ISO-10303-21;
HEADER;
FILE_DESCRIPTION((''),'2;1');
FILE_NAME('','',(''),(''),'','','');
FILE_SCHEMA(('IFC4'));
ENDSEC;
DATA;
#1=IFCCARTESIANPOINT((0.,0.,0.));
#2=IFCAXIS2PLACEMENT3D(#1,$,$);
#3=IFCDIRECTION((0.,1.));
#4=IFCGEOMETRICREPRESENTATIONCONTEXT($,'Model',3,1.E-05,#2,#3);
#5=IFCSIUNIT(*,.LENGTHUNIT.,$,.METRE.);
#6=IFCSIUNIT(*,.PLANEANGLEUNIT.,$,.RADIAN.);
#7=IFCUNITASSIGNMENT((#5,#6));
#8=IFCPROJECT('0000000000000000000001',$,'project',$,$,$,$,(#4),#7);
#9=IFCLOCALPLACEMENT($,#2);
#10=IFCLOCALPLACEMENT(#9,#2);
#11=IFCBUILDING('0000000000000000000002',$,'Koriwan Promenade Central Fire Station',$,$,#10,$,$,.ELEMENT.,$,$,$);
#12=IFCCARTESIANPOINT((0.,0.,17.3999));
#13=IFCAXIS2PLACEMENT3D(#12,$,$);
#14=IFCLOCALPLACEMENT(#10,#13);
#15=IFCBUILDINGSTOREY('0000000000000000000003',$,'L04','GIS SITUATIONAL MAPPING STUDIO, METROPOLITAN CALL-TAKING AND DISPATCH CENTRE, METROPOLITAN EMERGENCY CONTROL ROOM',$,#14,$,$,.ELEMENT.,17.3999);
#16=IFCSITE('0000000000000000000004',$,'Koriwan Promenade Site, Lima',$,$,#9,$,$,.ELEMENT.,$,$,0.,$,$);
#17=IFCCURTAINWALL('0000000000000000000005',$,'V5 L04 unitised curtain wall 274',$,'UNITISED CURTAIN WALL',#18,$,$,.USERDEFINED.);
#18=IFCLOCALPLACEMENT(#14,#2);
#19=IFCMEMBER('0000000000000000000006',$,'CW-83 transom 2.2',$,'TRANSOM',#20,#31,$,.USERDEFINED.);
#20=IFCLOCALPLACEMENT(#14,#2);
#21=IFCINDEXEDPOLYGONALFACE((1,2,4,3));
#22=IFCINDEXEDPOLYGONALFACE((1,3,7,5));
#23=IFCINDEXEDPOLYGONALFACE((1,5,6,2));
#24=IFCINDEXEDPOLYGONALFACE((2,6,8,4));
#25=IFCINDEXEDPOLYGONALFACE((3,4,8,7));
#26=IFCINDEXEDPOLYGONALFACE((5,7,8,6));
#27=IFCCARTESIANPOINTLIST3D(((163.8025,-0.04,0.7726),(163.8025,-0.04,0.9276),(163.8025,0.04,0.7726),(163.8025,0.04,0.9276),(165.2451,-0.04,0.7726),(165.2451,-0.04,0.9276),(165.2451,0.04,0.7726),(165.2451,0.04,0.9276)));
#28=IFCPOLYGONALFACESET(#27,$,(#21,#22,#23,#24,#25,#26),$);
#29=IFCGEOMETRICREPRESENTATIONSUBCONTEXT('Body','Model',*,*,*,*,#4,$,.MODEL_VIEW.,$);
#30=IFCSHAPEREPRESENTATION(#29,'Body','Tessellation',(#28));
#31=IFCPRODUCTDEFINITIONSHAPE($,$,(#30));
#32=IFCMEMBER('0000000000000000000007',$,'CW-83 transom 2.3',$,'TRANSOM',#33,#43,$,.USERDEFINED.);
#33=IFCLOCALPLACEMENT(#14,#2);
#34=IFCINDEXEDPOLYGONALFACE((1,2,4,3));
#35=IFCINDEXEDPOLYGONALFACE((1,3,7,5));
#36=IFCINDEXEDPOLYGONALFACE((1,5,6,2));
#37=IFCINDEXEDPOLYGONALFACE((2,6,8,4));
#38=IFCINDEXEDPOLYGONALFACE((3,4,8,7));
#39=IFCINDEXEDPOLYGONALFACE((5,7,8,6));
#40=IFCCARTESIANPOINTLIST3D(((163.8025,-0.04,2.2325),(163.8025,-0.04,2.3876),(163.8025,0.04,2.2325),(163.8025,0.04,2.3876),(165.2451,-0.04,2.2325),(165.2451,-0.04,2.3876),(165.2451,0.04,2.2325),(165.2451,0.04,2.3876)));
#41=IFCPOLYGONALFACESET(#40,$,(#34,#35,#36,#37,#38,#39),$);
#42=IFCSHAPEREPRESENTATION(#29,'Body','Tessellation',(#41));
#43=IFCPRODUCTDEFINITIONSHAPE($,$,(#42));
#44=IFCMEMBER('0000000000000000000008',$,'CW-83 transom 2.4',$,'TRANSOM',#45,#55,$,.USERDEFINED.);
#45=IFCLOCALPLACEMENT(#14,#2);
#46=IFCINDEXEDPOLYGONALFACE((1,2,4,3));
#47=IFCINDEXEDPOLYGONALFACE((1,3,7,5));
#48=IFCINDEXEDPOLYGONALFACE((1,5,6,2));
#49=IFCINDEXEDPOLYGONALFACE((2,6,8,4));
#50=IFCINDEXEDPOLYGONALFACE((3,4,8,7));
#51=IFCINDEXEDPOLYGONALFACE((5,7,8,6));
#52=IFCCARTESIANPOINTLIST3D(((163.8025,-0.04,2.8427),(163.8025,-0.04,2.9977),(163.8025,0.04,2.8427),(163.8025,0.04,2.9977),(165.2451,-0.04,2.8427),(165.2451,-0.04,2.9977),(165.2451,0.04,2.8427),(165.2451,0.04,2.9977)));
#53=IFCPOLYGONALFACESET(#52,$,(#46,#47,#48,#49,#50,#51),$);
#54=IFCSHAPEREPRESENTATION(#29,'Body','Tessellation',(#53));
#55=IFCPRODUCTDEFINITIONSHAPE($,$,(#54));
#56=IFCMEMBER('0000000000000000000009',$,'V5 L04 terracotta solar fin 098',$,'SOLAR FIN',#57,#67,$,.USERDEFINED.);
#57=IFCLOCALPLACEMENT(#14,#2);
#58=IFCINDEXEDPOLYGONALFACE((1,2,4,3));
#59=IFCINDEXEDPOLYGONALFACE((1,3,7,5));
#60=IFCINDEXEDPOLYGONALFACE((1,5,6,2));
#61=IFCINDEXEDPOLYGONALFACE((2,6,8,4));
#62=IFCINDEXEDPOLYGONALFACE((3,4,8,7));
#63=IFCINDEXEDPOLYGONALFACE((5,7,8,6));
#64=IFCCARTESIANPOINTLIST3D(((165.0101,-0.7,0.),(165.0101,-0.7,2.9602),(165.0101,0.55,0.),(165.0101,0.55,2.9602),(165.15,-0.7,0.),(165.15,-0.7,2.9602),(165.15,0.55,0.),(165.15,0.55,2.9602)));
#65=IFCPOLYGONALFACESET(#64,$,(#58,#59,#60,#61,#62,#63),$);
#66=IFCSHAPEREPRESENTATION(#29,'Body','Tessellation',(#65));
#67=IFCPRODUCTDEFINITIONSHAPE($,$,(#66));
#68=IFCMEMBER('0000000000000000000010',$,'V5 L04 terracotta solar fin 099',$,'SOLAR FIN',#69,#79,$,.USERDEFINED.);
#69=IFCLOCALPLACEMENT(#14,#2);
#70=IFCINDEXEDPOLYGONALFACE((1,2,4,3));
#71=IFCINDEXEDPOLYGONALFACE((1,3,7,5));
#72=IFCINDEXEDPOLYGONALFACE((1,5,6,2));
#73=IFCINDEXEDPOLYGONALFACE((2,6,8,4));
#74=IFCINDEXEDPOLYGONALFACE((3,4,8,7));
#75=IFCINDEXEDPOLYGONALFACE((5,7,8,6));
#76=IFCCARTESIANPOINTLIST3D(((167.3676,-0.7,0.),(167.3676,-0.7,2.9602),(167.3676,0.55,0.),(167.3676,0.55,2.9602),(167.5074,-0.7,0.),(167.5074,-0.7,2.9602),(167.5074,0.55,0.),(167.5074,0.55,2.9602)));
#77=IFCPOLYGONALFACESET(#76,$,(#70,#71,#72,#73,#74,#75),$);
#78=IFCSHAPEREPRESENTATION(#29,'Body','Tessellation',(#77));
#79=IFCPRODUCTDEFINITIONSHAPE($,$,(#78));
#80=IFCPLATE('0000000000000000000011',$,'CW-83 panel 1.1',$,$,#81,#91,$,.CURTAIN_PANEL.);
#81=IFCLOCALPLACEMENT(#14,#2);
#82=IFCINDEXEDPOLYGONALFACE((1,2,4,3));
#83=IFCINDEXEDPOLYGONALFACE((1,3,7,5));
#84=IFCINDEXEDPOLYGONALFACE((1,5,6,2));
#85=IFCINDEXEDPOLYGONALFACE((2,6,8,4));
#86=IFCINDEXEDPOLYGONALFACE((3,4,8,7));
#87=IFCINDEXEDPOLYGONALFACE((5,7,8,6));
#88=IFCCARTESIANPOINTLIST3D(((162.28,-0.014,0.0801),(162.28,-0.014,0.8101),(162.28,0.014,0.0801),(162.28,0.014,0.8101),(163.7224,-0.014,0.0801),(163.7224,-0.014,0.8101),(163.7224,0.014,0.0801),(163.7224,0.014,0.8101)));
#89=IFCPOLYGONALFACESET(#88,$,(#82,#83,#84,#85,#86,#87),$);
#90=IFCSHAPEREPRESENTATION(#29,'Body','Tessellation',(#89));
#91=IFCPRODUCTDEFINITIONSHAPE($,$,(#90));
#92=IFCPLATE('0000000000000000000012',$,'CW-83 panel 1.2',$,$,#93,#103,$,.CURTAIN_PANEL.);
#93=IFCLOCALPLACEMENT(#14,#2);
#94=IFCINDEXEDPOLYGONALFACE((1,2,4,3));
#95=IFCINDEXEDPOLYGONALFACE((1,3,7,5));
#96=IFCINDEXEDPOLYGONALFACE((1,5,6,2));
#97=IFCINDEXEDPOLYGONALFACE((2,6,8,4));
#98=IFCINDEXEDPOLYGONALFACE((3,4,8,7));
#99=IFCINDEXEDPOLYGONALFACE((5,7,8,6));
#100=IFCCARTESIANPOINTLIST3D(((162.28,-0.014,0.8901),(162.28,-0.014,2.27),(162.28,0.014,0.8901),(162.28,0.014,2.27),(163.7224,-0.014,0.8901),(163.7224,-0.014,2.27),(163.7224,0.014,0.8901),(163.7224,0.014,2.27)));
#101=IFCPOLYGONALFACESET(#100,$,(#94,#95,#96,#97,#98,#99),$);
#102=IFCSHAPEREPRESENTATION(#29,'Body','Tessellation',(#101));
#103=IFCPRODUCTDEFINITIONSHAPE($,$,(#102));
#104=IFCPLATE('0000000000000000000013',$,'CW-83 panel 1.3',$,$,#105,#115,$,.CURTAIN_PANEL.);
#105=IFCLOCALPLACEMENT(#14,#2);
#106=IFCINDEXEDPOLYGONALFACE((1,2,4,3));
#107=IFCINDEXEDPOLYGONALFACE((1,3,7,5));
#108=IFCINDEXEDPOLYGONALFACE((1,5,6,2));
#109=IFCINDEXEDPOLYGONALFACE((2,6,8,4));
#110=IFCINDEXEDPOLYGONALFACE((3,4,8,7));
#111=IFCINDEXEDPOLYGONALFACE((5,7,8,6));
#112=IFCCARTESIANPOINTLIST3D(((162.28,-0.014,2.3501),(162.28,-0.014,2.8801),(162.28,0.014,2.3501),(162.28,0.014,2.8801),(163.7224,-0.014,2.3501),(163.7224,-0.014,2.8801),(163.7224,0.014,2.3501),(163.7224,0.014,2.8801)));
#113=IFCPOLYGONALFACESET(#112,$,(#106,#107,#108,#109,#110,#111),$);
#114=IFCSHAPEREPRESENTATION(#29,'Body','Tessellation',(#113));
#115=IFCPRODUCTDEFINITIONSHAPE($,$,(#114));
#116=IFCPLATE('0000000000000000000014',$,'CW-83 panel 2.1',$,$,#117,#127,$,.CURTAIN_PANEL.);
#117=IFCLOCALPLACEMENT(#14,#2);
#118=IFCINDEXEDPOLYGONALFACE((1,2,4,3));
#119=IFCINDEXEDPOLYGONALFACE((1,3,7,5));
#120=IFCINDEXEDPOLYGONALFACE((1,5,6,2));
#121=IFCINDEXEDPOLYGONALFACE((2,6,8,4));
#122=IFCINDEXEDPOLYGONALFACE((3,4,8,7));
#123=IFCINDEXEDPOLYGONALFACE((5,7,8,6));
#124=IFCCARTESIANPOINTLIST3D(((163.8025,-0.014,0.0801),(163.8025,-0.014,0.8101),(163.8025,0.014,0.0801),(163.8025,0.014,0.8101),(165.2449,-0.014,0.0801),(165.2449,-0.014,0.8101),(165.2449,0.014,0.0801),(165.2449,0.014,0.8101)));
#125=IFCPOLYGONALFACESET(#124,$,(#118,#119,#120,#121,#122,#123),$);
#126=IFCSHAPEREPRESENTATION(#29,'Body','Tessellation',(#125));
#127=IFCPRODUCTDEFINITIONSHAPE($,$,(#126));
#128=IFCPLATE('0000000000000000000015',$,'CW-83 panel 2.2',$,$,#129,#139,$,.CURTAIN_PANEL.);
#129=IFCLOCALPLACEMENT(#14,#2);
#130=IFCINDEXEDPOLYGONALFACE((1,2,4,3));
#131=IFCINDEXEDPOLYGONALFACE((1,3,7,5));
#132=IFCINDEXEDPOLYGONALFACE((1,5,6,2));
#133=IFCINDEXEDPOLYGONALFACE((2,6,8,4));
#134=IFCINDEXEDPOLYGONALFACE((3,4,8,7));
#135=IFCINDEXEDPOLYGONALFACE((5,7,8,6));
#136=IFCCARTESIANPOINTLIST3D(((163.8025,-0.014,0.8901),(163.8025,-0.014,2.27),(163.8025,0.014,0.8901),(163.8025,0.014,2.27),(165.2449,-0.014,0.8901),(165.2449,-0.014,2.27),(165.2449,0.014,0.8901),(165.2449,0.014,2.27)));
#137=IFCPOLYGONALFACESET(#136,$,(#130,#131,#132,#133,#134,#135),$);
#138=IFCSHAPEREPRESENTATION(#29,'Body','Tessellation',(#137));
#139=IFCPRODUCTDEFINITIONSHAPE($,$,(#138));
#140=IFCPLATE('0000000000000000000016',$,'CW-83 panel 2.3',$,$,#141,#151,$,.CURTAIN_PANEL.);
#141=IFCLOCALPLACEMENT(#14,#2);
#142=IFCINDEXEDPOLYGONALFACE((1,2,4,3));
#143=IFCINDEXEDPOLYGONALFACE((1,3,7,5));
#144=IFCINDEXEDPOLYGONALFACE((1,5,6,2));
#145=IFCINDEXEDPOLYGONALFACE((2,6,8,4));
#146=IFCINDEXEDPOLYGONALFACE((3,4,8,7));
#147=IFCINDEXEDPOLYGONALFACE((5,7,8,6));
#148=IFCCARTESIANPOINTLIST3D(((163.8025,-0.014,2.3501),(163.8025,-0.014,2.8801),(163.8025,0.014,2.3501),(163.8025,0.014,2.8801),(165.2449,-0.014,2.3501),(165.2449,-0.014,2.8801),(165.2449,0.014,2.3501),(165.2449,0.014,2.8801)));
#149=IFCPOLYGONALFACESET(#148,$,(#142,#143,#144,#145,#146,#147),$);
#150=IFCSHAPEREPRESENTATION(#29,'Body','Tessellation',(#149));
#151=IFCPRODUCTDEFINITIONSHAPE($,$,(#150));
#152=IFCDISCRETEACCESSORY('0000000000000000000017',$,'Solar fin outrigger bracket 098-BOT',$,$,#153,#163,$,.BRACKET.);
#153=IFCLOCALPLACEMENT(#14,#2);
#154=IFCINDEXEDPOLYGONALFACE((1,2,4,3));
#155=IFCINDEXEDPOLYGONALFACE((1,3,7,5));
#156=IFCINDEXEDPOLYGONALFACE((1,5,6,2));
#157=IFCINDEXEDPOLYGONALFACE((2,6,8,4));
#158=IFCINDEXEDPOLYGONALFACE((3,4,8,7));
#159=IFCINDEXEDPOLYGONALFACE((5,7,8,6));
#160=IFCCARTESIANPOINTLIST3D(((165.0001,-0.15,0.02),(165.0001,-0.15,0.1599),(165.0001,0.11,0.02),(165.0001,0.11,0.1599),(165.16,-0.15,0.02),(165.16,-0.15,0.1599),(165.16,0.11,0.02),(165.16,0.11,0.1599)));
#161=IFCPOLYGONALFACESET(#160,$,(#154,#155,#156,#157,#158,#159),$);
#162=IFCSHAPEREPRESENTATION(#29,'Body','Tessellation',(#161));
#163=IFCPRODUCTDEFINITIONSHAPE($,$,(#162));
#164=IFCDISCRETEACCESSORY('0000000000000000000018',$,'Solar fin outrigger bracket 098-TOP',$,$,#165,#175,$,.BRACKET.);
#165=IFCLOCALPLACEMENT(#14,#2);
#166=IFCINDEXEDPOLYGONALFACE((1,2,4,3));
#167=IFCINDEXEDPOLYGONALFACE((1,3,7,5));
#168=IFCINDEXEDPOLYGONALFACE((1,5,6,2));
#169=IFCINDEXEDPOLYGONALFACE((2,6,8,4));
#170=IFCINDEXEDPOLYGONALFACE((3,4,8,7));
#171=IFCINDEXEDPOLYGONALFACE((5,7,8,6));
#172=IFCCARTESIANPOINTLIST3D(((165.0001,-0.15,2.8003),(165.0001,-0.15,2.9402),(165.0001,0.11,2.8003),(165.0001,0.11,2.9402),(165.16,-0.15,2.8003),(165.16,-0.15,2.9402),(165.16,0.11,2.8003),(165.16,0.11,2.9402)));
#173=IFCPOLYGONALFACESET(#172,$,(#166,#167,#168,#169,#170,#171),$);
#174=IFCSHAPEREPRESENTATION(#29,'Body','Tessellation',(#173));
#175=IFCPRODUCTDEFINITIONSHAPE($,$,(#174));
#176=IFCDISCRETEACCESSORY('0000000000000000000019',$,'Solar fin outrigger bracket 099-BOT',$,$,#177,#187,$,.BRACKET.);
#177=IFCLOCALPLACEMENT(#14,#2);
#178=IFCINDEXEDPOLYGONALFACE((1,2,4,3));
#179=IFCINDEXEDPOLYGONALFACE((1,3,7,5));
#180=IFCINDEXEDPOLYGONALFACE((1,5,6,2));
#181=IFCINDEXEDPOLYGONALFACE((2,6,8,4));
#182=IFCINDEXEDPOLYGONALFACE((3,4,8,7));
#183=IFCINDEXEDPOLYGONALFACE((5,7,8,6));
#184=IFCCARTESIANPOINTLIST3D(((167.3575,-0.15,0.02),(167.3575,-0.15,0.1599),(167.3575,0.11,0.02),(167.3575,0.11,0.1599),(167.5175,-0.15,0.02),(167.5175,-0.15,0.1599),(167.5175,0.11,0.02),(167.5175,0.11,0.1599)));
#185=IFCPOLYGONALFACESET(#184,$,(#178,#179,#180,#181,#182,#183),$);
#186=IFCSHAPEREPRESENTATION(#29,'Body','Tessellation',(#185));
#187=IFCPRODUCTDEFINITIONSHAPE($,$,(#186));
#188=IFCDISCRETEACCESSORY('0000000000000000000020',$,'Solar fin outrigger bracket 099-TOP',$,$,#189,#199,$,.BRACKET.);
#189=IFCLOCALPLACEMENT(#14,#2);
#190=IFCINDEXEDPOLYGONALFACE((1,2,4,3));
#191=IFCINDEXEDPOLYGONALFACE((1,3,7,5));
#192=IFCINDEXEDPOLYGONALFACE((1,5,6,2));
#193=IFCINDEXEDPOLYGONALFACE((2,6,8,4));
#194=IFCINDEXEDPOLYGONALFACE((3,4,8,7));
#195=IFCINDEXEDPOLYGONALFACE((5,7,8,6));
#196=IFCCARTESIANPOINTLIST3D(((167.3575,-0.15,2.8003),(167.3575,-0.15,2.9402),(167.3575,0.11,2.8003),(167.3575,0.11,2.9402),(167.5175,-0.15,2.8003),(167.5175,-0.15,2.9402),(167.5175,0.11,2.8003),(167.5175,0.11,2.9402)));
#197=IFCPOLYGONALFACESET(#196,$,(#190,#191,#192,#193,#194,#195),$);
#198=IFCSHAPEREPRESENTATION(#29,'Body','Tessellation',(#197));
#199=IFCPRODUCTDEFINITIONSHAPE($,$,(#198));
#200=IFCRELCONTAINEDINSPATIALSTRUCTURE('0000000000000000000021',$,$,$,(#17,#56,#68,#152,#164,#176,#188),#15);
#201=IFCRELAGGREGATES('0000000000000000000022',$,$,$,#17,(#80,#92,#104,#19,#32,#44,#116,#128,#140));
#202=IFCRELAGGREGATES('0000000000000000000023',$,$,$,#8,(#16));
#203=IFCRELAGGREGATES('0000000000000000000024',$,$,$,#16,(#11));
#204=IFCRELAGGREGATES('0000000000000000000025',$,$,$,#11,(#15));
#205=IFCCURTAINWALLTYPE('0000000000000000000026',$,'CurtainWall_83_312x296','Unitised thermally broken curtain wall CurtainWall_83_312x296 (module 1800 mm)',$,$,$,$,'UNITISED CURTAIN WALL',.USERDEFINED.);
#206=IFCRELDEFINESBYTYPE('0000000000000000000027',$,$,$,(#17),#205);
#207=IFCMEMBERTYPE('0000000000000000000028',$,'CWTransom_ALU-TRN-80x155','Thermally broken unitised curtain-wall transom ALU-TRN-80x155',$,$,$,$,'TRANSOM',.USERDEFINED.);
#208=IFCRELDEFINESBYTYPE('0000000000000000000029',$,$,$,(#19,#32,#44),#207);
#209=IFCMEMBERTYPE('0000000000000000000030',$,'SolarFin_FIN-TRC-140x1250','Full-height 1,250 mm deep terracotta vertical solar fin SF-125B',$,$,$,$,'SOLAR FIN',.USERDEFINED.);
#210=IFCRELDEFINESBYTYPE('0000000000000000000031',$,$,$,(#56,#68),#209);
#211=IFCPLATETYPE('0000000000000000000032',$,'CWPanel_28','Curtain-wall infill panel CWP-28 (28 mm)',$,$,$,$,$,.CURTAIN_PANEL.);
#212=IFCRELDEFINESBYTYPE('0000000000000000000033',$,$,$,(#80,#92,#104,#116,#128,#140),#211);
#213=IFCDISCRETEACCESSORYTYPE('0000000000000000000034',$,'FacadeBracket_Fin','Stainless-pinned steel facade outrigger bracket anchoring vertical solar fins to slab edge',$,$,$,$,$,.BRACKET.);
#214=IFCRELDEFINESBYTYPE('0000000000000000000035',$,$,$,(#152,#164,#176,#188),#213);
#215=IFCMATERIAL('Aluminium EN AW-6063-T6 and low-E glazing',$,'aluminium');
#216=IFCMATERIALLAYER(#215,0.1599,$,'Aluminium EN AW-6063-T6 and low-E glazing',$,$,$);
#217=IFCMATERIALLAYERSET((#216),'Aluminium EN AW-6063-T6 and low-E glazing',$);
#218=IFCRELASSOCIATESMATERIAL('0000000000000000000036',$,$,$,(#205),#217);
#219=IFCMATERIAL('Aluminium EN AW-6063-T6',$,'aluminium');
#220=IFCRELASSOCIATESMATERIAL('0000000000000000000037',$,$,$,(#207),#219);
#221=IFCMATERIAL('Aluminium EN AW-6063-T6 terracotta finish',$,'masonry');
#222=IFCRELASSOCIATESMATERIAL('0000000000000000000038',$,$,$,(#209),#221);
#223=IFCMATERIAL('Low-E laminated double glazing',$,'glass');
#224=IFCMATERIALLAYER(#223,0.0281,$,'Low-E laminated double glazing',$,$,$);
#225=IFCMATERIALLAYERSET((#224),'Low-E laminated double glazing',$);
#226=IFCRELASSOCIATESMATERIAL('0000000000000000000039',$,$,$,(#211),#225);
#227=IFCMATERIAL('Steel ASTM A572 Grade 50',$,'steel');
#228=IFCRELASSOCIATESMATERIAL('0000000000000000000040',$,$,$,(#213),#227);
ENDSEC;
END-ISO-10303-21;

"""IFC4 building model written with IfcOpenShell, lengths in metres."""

from ifc_helpers import new_model, si_unit, direction, frame, origin, origin_2d, place, context, subcontext, project, spatial, rectangle, extrude, material, layer, layer_set, material_profile, profile_set, type_object, element, aggregate, save


model = new_model("IFC4")

# Units and contexts
model_context = context("Model", 3, precision=1e-05, world=origin(), true_north=direction((0.0, 1.0)))
body_context = subcontext(model_context, "Body", "Model", "MODEL_VIEW")
ifc_project = project(units=[si_unit("LENGTHUNIT", "METRE"), si_unit("PLANEANGLEUNIT", "RADIAN")], contexts=[model_context])

# Site, building, storey
site_placement = place(None, origin())
site = spatial("IfcSite", under=ifc_project, at=site_placement, Name="Koriwan Promenade Site, Lima", CompositionType="ELEMENT", RefElevation=0.0)
building_placement = place(site_placement, origin())
building = spatial("IfcBuilding", under=site, at=building_placement, Name="Koriwan Promenade Central Fire Station", CompositionType="ELEMENT")
storey_placement = place(building_placement, frame((0.0, 0.0, 17.3999)))
storey = spatial("IfcBuildingStorey", under=building, at=storey_placement, Name="L04", Description="GIS SITUATIONAL MAPPING STUDIO, METROPOLITAN CALL-TAKING AND DISPATCH CENTRE, METROPOLITAN EMERGENCY CONTROL ROOM", CompositionType="ELEMENT", Elevation=17.3999)

# Shared definitions
ifc_material_1 = material(Name="Aluminium EN AW-6063-T6 and low-E glazing", Category="aluminium")
ifc_material_2 = material(Name="Aluminium EN AW-6063-T6", Category="aluminium")

# Curtain wall
ifc_layer_1 = layer(ifc_material_1, 0.1599, Name="Aluminium EN AW-6063-T6 and low-E glazing")
ifc_layer_set_1 = layer_set([ifc_layer_1], Name="Aluminium EN AW-6063-T6 and low-E glazing")
curtain_wall_type_1 = type_object("IfcCurtainWallType", Name="CurtainWall_83_312x296", Description="Unitised thermally broken curtain wall CurtainWall_83_312x296 (module 1800 mm)", ElementType="UNITISED CURTAIN WALL", PredefinedType="USERDEFINED", material=ifc_layer_set_1)
curtain_wall_1_placement = place(storey_placement, origin())
curtain_wall_1 = element("IfcCurtainWall", 1, at=curtain_wall_1_placement, inside=storey, type_object=curtain_wall_type_1, Name="V5 L04 unitised curtain wall 274", ObjectType="UNITISED CURTAIN WALL", PredefinedType="USERDEFINED")

# Members
ifc_material_profile_1 = material_profile(ifc_material_2, rectangle(XDim=0.0801, YDim=0.155, at=origin_2d()), Name="ALU-TRN-80x155")
ifc_profile_set_1 = profile_set([ifc_material_profile_1], Name="Aluminium EN AW-6063-T6")
member_type_1 = type_object("IfcMemberType", Name="CWTransom_ALU-TRN-80x155", Description="Thermally broken unitised curtain-wall transom ALU-TRN-80x155", ElementType="TRANSOM", PredefinedType="USERDEFINED", material=ifc_profile_set_1)
member_1_placement = place(storey_placement, frame((163.8025, 0.0, 0.8501), z_axis=(1.0, 0.0, 0.0), x_axis=(0.0, 1.0, 0.0)))
member_1 = element("IfcMember", 2, at=member_1_placement, type_object=member_type_1, Name="CW-83 transom 2.2", ObjectType="TRANSOM", PredefinedType="USERDEFINED", context=body_context, shape_type="SweptSolid", body=[
    extrude(rectangle(XDim=0.0801, YDim=0.155, at=origin_2d()), origin(), (0.0, 0.0, 1.0), 1.4426),
])
member_2_placement = place(storey_placement, frame((163.8025, 0.0, 2.3101), z_axis=(1.0, 0.0, 0.0), x_axis=(0.0, 1.0, 0.0)))
member_2 = element("IfcMember", 3, at=member_2_placement, type_object=member_type_1, Name="CW-83 transom 2.3", ObjectType="TRANSOM", PredefinedType="USERDEFINED", context=body_context, shape_type="SweptSolid", body=[
    extrude(rectangle(XDim=0.0801, YDim=0.155, at=origin_2d()), origin(), (0.0, 0.0, 1.0), 1.4426),
])
member_3_placement = place(storey_placement, frame((163.8025, 0.0, 2.9202), z_axis=(1.0, 0.0, 0.0), x_axis=(0.0, 1.0, 0.0)))
member_3 = element("IfcMember", 4, at=member_3_placement, type_object=member_type_1, Name="CW-83 transom 2.4", ObjectType="TRANSOM", PredefinedType="USERDEFINED", context=body_context, shape_type="SweptSolid", body=[
    extrude(rectangle(XDim=0.0801, YDim=0.155, at=origin_2d()), origin(), (0.0, 0.0, 1.0), 1.4426),
])

# Members
ifc_material_3 = material(Name="Aluminium EN AW-6063-T6 terracotta finish", Category="masonry")
ifc_material_profile_2 = material_profile(ifc_material_3, rectangle(XDim=0.1399, YDim=1.25, at=origin_2d()), Name="FIN-TRC-140x1250")
ifc_profile_set_2 = profile_set([ifc_material_profile_2], Name="Aluminium EN AW-6063-T6 terracotta finish")
member_type_2 = type_object("IfcMemberType", Name="SolarFin_FIN-TRC-140x1250", Description="Full-height 1,250 mm deep terracotta vertical solar fin SF-125B", ElementType="SOLAR FIN", PredefinedType="USERDEFINED", material=ifc_profile_set_2)
for number, where, z_axis, x_axis, name in (
    (5, (165.0801, -0.075, 0.0), (0.0, 0.0, 1.0), (-1.0, 0.0, 0.0), "V5 L04 terracotta solar fin 098"),
    (6, (167.4375, -0.075, 0.0), (0.0, 0.0, 1.0), (-1.0, 0.0, 0.0), "V5 L04 terracotta solar fin 099"),
):
    element("IfcMember", number, at=place(storey_placement, frame(where, z_axis=z_axis, x_axis=x_axis)), inside=storey, type_object=member_type_2, Name=name, ObjectType="SOLAR FIN", PredefinedType="USERDEFINED", context=body_context, shape_type="SweptSolid", body=[
        extrude(rectangle(XDim=0.1399, YDim=1.25, at=origin_2d()), origin(), (0.0, 0.0, 1.0), 2.9602),
    ])

# Plates
ifc_material_4 = material(Name="Low-E laminated double glazing", Category="glass")
ifc_layer_2 = layer(ifc_material_4, 0.0281, Name="Low-E laminated double glazing")
ifc_layer_set_2 = layer_set([ifc_layer_2], Name="Low-E laminated double glazing")
plate_type = type_object("IfcPlateType", Name="CWPanel_28", Description="Curtain-wall infill panel CWP-28 (28 mm)", PredefinedType="CURTAIN_PANEL", material=ifc_layer_set_2)
plate_1_placement = place(storey_placement, frame((163.0012, 0.0, 0.0801), z_axis=(0.0, 0.0, 1.0), x_axis=(1.0, 0.0, 0.0)))
plate_1 = element("IfcPlate", 7, at=plate_1_placement, type_object=plate_type, Name="CW-83 panel 1.1", PredefinedType="CURTAIN_PANEL", context=body_context, shape_type="SweptSolid", body=[
    extrude(rectangle(XDim=1.4424, YDim=0.0281, at=origin_2d()), origin(), (0.0, 0.0, 1.0), 0.73),
])
plate_2_placement = place(storey_placement, frame((163.0012, 0.0, 0.8901), z_axis=(0.0, 0.0, 1.0), x_axis=(1.0, 0.0, 0.0)))
plate_2 = element("IfcPlate", 8, at=plate_2_placement, type_object=plate_type, Name="CW-83 panel 1.2", PredefinedType="CURTAIN_PANEL", context=body_context, shape_type="SweptSolid", body=[
    extrude(rectangle(XDim=1.4424, YDim=0.0281, at=origin_2d()), origin(), (0.0, 0.0, 1.0), 1.3799),
])
plate_3_placement = place(storey_placement, frame((163.0012, 0.0, 2.3501), z_axis=(0.0, 0.0, 1.0), x_axis=(1.0, 0.0, 0.0)))
plate_3 = element("IfcPlate", 9, at=plate_3_placement, type_object=plate_type, Name="CW-83 panel 1.3", PredefinedType="CURTAIN_PANEL", context=body_context, shape_type="SweptSolid", body=[
    extrude(rectangle(XDim=1.4424, YDim=0.0281, at=origin_2d()), origin(), (0.0, 0.0, 1.0), 0.53),
])
plate_4_placement = place(storey_placement, frame((164.5237, 0.0, 0.0801), z_axis=(0.0, 0.0, 1.0), x_axis=(1.0, 0.0, 0.0)))
plate_4 = element("IfcPlate", 10, at=plate_4_placement, type_object=plate_type, Name="CW-83 panel 2.1", PredefinedType="CURTAIN_PANEL", context=body_context, shape_type="SweptSolid", body=[
    extrude(rectangle(XDim=1.4424, YDim=0.0281, at=origin_2d()), origin(), (0.0, 0.0, 1.0), 0.73),
])
plate_5_placement = place(storey_placement, frame((164.5237, 0.0, 0.8901), z_axis=(0.0, 0.0, 1.0), x_axis=(1.0, 0.0, 0.0)))
plate_5 = element("IfcPlate", 11, at=plate_5_placement, type_object=plate_type, Name="CW-83 panel 2.2", PredefinedType="CURTAIN_PANEL", context=body_context, shape_type="SweptSolid", body=[
    extrude(rectangle(XDim=1.4424, YDim=0.0281, at=origin_2d()), origin(), (0.0, 0.0, 1.0), 1.3799),
])
plate_6_placement = place(storey_placement, frame((164.5237, 0.0, 2.3501), z_axis=(0.0, 0.0, 1.0), x_axis=(1.0, 0.0, 0.0)))
plate_6 = element("IfcPlate", 12, at=plate_6_placement, type_object=plate_type, Name="CW-83 panel 2.3", PredefinedType="CURTAIN_PANEL", context=body_context, shape_type="SweptSolid", body=[
    extrude(rectangle(XDim=1.4424, YDim=0.0281, at=origin_2d()), origin(), (0.0, 0.0, 1.0), 0.53),
])
aggregate(curtain_wall_1, [plate_1, plate_2, plate_3, member_1, member_2, member_3, plate_4, plate_5, plate_6])

# Discrete accessories
ifc_material_5 = material(Name="Steel ASTM A572 Grade 50", Category="steel")
discrete_accessory_type = type_object("IfcDiscreteAccessoryType", Name="FacadeBracket_Fin", Description="Stainless-pinned steel facade outrigger bracket anchoring vertical solar fins to slab edge", PredefinedType="BRACKET", material=ifc_material_5)
for number, where, z_axis, x_axis, name in (
    (13, (165.0801, -0.02, 0.02), (0.0, 0.0, 1.0), (0.0, -1.0, 0.0), "Solar fin outrigger bracket 098-BOT"),
    (14, (165.0801, -0.02, 2.8003), (0.0, 0.0, 1.0), (0.0, -1.0, 0.0), "Solar fin outrigger bracket 098-TOP"),
    (15, (167.4375, -0.02, 0.02), (0.0, 0.0, 1.0), (0.0, -1.0, 0.0), "Solar fin outrigger bracket 099-BOT"),
    (16, (167.4375, -0.02, 2.8003), (0.0, 0.0, 1.0), (0.0, -1.0, 0.0), "Solar fin outrigger bracket 099-TOP"),
):
    element("IfcDiscreteAccessory", number, at=place(storey_placement, frame(where, z_axis=z_axis, x_axis=x_axis)), inside=storey, type_object=discrete_accessory_type, Name=name, PredefinedType="BRACKET", context=body_context, shape_type="SweptSolid", body=[
        extrude(rectangle(XDim=0.26, YDim=0.1599, at=origin_2d()), origin(), (0.0, 0.0, 1.0), 0.1399),
    ])

save(model, "model.ifc")
